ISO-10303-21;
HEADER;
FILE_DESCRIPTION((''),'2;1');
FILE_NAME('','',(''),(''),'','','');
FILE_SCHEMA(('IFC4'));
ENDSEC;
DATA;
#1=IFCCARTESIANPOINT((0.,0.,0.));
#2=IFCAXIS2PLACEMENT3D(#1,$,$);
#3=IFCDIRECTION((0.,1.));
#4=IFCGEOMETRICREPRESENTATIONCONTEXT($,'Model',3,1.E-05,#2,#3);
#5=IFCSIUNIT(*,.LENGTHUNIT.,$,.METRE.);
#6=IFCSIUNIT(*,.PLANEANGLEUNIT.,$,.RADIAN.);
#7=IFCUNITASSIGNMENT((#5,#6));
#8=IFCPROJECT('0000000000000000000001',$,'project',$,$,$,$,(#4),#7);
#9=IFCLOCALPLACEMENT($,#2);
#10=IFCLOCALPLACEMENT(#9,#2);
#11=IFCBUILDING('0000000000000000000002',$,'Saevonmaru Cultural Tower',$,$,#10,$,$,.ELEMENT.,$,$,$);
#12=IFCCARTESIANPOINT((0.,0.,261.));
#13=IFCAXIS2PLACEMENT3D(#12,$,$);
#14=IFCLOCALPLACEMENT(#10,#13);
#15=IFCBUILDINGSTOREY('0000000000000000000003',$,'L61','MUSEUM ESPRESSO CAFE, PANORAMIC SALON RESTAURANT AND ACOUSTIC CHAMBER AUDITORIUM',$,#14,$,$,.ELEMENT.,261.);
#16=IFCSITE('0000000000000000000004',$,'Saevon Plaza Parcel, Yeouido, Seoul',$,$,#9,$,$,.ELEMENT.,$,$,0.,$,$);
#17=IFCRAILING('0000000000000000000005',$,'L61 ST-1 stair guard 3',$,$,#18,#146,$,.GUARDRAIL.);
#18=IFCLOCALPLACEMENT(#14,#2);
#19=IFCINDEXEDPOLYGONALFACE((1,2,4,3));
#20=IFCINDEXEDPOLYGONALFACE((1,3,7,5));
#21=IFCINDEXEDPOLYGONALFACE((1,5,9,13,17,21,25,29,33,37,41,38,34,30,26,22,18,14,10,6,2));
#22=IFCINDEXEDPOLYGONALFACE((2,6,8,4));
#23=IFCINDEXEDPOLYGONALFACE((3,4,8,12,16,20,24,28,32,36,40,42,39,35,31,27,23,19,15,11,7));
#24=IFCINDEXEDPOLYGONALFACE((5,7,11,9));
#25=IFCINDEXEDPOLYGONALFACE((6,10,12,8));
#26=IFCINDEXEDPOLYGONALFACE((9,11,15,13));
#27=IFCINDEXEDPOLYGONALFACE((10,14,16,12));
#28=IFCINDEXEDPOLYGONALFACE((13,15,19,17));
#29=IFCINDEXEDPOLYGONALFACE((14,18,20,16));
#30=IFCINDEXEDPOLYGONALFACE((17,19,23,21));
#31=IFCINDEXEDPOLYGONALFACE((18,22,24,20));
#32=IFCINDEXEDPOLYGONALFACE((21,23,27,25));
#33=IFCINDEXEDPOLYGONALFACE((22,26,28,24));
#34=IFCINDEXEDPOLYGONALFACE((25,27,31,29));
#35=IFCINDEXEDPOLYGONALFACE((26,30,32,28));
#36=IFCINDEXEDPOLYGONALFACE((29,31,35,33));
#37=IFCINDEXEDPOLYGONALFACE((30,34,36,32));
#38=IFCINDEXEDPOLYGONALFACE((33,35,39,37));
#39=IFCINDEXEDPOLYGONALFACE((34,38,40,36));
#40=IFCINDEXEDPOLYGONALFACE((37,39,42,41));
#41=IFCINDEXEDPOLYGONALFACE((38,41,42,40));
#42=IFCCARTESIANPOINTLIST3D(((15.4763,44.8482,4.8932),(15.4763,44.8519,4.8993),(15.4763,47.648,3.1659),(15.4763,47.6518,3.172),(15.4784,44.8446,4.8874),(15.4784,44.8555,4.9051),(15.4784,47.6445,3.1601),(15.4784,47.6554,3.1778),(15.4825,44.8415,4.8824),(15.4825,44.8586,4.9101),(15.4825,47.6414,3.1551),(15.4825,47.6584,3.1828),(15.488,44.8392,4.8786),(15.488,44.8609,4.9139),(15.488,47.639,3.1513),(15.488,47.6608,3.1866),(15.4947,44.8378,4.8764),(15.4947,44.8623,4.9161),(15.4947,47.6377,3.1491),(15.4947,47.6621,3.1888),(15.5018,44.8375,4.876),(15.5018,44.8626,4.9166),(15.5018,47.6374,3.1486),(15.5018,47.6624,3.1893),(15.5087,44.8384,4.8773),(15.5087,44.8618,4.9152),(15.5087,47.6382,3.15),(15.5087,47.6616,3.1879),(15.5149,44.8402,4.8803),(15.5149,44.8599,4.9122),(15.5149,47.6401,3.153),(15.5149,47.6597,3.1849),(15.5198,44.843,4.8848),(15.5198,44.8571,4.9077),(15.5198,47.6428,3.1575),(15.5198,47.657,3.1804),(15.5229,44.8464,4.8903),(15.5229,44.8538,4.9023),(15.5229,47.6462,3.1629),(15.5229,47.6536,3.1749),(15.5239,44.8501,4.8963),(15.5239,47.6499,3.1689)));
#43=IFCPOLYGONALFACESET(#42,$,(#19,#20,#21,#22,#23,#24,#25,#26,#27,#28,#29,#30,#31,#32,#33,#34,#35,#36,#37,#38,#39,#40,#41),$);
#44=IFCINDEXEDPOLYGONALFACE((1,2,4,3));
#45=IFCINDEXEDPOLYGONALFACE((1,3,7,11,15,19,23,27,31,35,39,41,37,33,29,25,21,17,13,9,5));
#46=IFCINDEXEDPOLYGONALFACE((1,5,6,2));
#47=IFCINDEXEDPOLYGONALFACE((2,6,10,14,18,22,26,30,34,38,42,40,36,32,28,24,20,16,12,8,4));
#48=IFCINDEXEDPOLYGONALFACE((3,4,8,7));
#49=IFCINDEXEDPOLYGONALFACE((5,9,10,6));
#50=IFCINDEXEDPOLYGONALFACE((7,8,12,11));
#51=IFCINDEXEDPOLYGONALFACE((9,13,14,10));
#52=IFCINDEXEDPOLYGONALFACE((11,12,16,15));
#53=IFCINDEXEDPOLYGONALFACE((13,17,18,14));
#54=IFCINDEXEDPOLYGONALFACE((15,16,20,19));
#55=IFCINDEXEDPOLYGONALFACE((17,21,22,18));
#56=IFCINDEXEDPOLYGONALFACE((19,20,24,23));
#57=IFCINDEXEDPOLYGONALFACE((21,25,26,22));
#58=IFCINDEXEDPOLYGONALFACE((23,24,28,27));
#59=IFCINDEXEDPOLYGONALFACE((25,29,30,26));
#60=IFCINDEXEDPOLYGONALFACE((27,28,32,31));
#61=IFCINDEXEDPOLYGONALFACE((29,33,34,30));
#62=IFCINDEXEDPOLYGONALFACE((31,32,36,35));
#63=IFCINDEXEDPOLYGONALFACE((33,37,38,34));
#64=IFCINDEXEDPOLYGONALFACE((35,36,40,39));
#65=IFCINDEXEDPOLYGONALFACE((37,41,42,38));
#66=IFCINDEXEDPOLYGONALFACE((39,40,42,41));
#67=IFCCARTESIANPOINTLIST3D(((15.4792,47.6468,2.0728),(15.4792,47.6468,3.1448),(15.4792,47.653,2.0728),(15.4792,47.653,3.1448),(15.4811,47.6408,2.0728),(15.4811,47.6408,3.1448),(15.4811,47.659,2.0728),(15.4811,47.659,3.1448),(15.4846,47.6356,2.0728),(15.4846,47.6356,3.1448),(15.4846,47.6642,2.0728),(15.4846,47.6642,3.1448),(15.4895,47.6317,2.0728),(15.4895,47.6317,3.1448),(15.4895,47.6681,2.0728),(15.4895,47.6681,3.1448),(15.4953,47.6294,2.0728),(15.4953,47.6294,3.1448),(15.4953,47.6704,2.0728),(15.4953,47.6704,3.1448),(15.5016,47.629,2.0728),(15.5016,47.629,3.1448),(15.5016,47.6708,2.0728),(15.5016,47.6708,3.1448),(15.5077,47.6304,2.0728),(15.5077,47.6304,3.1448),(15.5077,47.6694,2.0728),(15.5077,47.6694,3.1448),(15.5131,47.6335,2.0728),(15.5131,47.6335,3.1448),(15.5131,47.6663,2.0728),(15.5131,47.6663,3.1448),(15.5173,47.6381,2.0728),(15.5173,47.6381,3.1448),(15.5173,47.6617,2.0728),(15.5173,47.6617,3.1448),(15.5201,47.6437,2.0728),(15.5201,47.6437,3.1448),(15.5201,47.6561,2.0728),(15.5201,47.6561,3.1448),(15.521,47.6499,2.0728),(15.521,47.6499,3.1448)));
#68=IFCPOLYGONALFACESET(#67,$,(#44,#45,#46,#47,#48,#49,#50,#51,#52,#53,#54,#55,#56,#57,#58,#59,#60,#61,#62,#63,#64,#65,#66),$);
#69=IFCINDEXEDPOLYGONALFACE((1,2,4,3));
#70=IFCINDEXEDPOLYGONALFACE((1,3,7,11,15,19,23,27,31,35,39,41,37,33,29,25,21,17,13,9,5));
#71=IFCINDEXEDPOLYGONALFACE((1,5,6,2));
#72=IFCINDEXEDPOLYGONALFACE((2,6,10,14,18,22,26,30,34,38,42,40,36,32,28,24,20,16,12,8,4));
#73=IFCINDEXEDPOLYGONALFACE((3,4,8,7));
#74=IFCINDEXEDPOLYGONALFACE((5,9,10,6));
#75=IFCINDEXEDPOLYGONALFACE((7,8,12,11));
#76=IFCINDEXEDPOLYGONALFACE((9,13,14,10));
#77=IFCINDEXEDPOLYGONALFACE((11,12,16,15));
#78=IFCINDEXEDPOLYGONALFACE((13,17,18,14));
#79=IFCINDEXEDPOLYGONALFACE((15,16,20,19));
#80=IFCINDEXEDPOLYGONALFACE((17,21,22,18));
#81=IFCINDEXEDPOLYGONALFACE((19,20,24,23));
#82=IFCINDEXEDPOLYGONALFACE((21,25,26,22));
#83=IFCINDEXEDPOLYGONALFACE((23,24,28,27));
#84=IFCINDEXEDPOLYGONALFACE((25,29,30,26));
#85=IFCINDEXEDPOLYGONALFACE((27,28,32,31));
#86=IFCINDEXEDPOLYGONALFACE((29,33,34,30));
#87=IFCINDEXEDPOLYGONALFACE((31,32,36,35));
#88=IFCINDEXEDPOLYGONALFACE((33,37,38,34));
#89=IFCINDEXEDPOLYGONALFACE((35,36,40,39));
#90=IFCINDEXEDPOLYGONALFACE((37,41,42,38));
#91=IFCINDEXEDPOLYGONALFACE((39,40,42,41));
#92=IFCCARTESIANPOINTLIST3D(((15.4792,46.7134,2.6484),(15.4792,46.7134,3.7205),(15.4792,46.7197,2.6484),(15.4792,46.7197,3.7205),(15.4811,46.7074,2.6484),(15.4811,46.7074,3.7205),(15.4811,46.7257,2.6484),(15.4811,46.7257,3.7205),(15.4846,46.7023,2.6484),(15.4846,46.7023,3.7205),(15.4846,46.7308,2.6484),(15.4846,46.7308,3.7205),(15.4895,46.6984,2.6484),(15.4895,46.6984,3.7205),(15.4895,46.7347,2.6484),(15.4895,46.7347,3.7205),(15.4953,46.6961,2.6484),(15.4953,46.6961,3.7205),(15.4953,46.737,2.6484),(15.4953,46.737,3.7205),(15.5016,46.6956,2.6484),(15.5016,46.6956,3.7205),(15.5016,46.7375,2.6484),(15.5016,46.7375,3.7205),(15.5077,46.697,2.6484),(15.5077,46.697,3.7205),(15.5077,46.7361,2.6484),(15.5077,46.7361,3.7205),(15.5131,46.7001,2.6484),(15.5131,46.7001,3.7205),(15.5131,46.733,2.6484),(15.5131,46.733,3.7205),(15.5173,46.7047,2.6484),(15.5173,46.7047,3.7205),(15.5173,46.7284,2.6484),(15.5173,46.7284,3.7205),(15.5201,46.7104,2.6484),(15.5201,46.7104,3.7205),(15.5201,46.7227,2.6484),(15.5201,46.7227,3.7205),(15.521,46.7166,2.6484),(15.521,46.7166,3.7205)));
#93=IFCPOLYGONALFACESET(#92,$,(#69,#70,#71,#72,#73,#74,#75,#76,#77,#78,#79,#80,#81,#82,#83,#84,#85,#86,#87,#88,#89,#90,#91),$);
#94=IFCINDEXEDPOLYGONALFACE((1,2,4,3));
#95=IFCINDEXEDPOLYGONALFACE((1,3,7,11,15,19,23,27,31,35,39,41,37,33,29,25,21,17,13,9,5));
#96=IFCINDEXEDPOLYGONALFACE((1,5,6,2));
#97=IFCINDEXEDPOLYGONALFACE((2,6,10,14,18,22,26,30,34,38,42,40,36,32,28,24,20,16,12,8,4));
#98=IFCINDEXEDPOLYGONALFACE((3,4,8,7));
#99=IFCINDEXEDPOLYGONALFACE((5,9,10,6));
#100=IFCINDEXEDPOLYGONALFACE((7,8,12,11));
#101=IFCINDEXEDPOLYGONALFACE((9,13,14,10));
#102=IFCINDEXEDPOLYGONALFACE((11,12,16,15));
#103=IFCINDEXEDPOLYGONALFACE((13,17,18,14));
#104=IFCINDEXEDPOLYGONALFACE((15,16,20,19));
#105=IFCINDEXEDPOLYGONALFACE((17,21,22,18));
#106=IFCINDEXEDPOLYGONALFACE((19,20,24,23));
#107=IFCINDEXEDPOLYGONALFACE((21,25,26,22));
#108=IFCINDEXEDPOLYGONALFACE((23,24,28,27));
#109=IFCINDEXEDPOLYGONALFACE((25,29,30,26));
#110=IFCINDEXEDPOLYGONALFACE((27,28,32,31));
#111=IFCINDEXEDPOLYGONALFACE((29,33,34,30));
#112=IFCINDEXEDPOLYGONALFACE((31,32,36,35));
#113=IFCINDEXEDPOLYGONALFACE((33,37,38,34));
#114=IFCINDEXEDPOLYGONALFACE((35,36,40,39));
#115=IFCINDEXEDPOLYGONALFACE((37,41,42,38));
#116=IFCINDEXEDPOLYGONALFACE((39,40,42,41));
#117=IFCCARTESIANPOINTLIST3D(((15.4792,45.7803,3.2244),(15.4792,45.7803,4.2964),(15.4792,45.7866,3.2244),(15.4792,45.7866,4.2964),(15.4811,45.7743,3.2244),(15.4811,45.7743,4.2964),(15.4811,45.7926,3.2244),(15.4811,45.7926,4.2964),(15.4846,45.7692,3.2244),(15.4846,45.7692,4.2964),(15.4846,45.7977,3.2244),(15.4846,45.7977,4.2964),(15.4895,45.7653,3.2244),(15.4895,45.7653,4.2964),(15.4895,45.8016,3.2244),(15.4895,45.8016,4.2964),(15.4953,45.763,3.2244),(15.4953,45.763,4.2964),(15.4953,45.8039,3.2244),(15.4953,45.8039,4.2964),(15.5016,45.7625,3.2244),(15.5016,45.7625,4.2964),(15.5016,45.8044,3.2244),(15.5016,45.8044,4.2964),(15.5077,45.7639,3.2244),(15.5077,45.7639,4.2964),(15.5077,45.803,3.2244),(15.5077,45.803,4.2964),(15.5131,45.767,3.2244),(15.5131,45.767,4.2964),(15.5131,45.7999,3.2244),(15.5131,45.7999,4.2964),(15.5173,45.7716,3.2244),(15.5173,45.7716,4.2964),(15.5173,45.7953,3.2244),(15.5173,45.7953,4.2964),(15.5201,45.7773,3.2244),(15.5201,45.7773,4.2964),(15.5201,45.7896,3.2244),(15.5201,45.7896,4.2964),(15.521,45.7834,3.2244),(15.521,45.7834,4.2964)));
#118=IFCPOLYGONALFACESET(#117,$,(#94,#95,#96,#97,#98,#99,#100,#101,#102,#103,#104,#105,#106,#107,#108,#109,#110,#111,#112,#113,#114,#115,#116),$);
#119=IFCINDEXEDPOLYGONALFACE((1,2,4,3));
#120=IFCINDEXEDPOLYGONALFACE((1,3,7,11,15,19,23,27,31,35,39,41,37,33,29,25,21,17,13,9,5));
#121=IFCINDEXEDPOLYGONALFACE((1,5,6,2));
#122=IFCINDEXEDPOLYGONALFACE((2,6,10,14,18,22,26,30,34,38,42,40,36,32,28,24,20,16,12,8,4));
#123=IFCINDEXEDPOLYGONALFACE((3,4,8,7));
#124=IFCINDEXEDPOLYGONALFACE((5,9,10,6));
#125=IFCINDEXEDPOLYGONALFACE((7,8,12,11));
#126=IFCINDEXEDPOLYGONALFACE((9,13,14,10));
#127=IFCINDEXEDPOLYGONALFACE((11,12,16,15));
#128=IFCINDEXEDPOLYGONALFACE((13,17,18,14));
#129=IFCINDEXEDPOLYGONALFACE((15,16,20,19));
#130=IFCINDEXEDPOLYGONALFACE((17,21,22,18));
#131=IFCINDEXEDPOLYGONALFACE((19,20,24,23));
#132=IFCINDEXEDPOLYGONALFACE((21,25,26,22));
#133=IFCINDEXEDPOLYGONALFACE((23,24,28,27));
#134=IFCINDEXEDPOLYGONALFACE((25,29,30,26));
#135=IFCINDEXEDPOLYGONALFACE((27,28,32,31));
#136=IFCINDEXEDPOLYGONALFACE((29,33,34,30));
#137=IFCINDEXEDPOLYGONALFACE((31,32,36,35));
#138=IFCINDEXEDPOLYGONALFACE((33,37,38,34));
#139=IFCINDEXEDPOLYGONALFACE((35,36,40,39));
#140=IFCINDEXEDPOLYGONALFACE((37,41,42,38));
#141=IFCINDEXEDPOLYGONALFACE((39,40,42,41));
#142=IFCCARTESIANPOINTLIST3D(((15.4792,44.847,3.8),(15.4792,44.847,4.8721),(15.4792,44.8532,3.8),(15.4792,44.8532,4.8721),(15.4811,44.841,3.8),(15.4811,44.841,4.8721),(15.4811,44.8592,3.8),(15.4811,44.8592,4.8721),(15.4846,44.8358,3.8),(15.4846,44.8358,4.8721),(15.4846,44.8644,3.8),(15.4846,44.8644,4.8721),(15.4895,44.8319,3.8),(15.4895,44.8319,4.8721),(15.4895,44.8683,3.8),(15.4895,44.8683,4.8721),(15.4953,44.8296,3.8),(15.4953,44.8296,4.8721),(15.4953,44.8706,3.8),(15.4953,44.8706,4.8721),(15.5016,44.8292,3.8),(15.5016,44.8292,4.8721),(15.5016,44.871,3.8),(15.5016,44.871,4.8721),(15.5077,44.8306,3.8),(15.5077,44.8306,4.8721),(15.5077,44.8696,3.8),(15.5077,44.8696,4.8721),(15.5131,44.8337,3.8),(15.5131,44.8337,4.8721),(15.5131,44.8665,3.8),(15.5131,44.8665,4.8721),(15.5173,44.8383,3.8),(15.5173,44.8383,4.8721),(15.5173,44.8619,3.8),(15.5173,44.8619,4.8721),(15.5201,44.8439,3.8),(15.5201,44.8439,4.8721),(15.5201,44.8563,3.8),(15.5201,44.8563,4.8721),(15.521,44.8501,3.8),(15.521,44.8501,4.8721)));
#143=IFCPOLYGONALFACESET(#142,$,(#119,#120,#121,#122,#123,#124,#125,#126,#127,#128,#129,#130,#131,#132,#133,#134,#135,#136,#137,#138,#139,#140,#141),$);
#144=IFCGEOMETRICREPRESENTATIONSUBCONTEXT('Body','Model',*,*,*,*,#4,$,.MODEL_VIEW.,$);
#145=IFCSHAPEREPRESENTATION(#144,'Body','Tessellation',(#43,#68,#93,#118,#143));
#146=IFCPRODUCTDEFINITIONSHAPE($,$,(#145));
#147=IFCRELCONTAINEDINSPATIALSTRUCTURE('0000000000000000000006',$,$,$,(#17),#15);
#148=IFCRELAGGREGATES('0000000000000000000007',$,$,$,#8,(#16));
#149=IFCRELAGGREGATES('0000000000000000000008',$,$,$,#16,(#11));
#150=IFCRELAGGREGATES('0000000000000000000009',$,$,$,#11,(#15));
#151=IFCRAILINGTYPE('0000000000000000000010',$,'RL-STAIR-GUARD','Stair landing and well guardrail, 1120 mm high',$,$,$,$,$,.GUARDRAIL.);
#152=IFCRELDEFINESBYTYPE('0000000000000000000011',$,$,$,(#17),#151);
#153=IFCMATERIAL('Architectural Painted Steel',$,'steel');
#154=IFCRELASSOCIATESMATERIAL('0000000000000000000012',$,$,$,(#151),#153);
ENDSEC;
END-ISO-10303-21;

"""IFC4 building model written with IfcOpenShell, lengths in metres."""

from ifc_helpers import new_model, si_unit, direction, frame, origin, origin_2d, place, context, subcontext, project, spatial, circle, extrude, material, type_object, element, save


model = new_model("IFC4")

# Units and contexts
model_context = context("Model", 3, precision=1e-05, world=origin(), true_north=direction((0.0, 1.0)))
body_context = subcontext(model_context, "Body", "Model", "MODEL_VIEW")
ifc_project = project(units=[si_unit("LENGTHUNIT", "METRE"), si_unit("PLANEANGLEUNIT", "RADIAN")], contexts=[model_context])

# Site, building, storey
site_placement = place(None, origin())
site = spatial("IfcSite", under=ifc_project, at=site_placement, Name="Saevon Plaza Parcel, Yeouido, Seoul", CompositionType="ELEMENT", RefElevation=0.0)
building_placement = place(site_placement, origin())
building = spatial("IfcBuilding", under=site, at=building_placement, Name="Saevonmaru Cultural Tower", CompositionType="ELEMENT")
storey_placement = place(building_placement, frame((0.0, 0.0, 261.0)))
storey = spatial("IfcBuildingStorey", under=building, at=storey_placement, Name="L61", Description="MUSEUM ESPRESSO CAFE, PANORAMIC SALON RESTAURANT AND ACOUSTIC CHAMBER AUDITORIUM", CompositionType="ELEMENT", Elevation=261.0)

# Railing
ifc_material_1 = material(Name="Architectural Painted Steel", Category="steel")
railing_type_1 = type_object("IfcRailingType", Name="RL-STAIR-GUARD", Description="Stair landing and well guardrail, 1120 mm high", PredefinedType="GUARDRAIL", material=ifc_material_1)
railing_1_placement = place(storey_placement, frame((15.5, 47.6499, 2.0728)))
element("IfcRailing", 1, at=railing_1_placement, inside=storey, type_object=railing_type_1, Name="L61 ST-1 stair guard 3", PredefinedType="GUARDRAIL", context=body_context, shape_type="SweptSolid", body=[
    extrude(circle(Radius=0.0239, at=origin_2d()), frame((0.0, 0.0, 1.0962), z_axis=(0.0, -0.851069, 0.525054), x_axis=(1.0, 0.0, 0.0)), (0.0, 0.0, 1.0), 3.2898),
    extrude(circle(Radius=0.021, at=origin_2d()), origin(), (0.0, 0.0, 1.0), 1.072),
    extrude(circle(Radius=0.021, at=origin_2d()), frame((0.0, -0.9333, 0.5757)), (0.0, 0.0, 1.0), 1.072),
    extrude(circle(Radius=0.021, at=origin_2d()), frame((0.0, -1.8665, 1.1516)), (0.0, 0.0, 1.0), 1.072),
    extrude(circle(Radius=0.021, at=origin_2d()), frame((0.0, -2.7998, 1.7273)), (0.0, 0.0, 1.0), 1.072),
])

save(model, "model.ifc")
